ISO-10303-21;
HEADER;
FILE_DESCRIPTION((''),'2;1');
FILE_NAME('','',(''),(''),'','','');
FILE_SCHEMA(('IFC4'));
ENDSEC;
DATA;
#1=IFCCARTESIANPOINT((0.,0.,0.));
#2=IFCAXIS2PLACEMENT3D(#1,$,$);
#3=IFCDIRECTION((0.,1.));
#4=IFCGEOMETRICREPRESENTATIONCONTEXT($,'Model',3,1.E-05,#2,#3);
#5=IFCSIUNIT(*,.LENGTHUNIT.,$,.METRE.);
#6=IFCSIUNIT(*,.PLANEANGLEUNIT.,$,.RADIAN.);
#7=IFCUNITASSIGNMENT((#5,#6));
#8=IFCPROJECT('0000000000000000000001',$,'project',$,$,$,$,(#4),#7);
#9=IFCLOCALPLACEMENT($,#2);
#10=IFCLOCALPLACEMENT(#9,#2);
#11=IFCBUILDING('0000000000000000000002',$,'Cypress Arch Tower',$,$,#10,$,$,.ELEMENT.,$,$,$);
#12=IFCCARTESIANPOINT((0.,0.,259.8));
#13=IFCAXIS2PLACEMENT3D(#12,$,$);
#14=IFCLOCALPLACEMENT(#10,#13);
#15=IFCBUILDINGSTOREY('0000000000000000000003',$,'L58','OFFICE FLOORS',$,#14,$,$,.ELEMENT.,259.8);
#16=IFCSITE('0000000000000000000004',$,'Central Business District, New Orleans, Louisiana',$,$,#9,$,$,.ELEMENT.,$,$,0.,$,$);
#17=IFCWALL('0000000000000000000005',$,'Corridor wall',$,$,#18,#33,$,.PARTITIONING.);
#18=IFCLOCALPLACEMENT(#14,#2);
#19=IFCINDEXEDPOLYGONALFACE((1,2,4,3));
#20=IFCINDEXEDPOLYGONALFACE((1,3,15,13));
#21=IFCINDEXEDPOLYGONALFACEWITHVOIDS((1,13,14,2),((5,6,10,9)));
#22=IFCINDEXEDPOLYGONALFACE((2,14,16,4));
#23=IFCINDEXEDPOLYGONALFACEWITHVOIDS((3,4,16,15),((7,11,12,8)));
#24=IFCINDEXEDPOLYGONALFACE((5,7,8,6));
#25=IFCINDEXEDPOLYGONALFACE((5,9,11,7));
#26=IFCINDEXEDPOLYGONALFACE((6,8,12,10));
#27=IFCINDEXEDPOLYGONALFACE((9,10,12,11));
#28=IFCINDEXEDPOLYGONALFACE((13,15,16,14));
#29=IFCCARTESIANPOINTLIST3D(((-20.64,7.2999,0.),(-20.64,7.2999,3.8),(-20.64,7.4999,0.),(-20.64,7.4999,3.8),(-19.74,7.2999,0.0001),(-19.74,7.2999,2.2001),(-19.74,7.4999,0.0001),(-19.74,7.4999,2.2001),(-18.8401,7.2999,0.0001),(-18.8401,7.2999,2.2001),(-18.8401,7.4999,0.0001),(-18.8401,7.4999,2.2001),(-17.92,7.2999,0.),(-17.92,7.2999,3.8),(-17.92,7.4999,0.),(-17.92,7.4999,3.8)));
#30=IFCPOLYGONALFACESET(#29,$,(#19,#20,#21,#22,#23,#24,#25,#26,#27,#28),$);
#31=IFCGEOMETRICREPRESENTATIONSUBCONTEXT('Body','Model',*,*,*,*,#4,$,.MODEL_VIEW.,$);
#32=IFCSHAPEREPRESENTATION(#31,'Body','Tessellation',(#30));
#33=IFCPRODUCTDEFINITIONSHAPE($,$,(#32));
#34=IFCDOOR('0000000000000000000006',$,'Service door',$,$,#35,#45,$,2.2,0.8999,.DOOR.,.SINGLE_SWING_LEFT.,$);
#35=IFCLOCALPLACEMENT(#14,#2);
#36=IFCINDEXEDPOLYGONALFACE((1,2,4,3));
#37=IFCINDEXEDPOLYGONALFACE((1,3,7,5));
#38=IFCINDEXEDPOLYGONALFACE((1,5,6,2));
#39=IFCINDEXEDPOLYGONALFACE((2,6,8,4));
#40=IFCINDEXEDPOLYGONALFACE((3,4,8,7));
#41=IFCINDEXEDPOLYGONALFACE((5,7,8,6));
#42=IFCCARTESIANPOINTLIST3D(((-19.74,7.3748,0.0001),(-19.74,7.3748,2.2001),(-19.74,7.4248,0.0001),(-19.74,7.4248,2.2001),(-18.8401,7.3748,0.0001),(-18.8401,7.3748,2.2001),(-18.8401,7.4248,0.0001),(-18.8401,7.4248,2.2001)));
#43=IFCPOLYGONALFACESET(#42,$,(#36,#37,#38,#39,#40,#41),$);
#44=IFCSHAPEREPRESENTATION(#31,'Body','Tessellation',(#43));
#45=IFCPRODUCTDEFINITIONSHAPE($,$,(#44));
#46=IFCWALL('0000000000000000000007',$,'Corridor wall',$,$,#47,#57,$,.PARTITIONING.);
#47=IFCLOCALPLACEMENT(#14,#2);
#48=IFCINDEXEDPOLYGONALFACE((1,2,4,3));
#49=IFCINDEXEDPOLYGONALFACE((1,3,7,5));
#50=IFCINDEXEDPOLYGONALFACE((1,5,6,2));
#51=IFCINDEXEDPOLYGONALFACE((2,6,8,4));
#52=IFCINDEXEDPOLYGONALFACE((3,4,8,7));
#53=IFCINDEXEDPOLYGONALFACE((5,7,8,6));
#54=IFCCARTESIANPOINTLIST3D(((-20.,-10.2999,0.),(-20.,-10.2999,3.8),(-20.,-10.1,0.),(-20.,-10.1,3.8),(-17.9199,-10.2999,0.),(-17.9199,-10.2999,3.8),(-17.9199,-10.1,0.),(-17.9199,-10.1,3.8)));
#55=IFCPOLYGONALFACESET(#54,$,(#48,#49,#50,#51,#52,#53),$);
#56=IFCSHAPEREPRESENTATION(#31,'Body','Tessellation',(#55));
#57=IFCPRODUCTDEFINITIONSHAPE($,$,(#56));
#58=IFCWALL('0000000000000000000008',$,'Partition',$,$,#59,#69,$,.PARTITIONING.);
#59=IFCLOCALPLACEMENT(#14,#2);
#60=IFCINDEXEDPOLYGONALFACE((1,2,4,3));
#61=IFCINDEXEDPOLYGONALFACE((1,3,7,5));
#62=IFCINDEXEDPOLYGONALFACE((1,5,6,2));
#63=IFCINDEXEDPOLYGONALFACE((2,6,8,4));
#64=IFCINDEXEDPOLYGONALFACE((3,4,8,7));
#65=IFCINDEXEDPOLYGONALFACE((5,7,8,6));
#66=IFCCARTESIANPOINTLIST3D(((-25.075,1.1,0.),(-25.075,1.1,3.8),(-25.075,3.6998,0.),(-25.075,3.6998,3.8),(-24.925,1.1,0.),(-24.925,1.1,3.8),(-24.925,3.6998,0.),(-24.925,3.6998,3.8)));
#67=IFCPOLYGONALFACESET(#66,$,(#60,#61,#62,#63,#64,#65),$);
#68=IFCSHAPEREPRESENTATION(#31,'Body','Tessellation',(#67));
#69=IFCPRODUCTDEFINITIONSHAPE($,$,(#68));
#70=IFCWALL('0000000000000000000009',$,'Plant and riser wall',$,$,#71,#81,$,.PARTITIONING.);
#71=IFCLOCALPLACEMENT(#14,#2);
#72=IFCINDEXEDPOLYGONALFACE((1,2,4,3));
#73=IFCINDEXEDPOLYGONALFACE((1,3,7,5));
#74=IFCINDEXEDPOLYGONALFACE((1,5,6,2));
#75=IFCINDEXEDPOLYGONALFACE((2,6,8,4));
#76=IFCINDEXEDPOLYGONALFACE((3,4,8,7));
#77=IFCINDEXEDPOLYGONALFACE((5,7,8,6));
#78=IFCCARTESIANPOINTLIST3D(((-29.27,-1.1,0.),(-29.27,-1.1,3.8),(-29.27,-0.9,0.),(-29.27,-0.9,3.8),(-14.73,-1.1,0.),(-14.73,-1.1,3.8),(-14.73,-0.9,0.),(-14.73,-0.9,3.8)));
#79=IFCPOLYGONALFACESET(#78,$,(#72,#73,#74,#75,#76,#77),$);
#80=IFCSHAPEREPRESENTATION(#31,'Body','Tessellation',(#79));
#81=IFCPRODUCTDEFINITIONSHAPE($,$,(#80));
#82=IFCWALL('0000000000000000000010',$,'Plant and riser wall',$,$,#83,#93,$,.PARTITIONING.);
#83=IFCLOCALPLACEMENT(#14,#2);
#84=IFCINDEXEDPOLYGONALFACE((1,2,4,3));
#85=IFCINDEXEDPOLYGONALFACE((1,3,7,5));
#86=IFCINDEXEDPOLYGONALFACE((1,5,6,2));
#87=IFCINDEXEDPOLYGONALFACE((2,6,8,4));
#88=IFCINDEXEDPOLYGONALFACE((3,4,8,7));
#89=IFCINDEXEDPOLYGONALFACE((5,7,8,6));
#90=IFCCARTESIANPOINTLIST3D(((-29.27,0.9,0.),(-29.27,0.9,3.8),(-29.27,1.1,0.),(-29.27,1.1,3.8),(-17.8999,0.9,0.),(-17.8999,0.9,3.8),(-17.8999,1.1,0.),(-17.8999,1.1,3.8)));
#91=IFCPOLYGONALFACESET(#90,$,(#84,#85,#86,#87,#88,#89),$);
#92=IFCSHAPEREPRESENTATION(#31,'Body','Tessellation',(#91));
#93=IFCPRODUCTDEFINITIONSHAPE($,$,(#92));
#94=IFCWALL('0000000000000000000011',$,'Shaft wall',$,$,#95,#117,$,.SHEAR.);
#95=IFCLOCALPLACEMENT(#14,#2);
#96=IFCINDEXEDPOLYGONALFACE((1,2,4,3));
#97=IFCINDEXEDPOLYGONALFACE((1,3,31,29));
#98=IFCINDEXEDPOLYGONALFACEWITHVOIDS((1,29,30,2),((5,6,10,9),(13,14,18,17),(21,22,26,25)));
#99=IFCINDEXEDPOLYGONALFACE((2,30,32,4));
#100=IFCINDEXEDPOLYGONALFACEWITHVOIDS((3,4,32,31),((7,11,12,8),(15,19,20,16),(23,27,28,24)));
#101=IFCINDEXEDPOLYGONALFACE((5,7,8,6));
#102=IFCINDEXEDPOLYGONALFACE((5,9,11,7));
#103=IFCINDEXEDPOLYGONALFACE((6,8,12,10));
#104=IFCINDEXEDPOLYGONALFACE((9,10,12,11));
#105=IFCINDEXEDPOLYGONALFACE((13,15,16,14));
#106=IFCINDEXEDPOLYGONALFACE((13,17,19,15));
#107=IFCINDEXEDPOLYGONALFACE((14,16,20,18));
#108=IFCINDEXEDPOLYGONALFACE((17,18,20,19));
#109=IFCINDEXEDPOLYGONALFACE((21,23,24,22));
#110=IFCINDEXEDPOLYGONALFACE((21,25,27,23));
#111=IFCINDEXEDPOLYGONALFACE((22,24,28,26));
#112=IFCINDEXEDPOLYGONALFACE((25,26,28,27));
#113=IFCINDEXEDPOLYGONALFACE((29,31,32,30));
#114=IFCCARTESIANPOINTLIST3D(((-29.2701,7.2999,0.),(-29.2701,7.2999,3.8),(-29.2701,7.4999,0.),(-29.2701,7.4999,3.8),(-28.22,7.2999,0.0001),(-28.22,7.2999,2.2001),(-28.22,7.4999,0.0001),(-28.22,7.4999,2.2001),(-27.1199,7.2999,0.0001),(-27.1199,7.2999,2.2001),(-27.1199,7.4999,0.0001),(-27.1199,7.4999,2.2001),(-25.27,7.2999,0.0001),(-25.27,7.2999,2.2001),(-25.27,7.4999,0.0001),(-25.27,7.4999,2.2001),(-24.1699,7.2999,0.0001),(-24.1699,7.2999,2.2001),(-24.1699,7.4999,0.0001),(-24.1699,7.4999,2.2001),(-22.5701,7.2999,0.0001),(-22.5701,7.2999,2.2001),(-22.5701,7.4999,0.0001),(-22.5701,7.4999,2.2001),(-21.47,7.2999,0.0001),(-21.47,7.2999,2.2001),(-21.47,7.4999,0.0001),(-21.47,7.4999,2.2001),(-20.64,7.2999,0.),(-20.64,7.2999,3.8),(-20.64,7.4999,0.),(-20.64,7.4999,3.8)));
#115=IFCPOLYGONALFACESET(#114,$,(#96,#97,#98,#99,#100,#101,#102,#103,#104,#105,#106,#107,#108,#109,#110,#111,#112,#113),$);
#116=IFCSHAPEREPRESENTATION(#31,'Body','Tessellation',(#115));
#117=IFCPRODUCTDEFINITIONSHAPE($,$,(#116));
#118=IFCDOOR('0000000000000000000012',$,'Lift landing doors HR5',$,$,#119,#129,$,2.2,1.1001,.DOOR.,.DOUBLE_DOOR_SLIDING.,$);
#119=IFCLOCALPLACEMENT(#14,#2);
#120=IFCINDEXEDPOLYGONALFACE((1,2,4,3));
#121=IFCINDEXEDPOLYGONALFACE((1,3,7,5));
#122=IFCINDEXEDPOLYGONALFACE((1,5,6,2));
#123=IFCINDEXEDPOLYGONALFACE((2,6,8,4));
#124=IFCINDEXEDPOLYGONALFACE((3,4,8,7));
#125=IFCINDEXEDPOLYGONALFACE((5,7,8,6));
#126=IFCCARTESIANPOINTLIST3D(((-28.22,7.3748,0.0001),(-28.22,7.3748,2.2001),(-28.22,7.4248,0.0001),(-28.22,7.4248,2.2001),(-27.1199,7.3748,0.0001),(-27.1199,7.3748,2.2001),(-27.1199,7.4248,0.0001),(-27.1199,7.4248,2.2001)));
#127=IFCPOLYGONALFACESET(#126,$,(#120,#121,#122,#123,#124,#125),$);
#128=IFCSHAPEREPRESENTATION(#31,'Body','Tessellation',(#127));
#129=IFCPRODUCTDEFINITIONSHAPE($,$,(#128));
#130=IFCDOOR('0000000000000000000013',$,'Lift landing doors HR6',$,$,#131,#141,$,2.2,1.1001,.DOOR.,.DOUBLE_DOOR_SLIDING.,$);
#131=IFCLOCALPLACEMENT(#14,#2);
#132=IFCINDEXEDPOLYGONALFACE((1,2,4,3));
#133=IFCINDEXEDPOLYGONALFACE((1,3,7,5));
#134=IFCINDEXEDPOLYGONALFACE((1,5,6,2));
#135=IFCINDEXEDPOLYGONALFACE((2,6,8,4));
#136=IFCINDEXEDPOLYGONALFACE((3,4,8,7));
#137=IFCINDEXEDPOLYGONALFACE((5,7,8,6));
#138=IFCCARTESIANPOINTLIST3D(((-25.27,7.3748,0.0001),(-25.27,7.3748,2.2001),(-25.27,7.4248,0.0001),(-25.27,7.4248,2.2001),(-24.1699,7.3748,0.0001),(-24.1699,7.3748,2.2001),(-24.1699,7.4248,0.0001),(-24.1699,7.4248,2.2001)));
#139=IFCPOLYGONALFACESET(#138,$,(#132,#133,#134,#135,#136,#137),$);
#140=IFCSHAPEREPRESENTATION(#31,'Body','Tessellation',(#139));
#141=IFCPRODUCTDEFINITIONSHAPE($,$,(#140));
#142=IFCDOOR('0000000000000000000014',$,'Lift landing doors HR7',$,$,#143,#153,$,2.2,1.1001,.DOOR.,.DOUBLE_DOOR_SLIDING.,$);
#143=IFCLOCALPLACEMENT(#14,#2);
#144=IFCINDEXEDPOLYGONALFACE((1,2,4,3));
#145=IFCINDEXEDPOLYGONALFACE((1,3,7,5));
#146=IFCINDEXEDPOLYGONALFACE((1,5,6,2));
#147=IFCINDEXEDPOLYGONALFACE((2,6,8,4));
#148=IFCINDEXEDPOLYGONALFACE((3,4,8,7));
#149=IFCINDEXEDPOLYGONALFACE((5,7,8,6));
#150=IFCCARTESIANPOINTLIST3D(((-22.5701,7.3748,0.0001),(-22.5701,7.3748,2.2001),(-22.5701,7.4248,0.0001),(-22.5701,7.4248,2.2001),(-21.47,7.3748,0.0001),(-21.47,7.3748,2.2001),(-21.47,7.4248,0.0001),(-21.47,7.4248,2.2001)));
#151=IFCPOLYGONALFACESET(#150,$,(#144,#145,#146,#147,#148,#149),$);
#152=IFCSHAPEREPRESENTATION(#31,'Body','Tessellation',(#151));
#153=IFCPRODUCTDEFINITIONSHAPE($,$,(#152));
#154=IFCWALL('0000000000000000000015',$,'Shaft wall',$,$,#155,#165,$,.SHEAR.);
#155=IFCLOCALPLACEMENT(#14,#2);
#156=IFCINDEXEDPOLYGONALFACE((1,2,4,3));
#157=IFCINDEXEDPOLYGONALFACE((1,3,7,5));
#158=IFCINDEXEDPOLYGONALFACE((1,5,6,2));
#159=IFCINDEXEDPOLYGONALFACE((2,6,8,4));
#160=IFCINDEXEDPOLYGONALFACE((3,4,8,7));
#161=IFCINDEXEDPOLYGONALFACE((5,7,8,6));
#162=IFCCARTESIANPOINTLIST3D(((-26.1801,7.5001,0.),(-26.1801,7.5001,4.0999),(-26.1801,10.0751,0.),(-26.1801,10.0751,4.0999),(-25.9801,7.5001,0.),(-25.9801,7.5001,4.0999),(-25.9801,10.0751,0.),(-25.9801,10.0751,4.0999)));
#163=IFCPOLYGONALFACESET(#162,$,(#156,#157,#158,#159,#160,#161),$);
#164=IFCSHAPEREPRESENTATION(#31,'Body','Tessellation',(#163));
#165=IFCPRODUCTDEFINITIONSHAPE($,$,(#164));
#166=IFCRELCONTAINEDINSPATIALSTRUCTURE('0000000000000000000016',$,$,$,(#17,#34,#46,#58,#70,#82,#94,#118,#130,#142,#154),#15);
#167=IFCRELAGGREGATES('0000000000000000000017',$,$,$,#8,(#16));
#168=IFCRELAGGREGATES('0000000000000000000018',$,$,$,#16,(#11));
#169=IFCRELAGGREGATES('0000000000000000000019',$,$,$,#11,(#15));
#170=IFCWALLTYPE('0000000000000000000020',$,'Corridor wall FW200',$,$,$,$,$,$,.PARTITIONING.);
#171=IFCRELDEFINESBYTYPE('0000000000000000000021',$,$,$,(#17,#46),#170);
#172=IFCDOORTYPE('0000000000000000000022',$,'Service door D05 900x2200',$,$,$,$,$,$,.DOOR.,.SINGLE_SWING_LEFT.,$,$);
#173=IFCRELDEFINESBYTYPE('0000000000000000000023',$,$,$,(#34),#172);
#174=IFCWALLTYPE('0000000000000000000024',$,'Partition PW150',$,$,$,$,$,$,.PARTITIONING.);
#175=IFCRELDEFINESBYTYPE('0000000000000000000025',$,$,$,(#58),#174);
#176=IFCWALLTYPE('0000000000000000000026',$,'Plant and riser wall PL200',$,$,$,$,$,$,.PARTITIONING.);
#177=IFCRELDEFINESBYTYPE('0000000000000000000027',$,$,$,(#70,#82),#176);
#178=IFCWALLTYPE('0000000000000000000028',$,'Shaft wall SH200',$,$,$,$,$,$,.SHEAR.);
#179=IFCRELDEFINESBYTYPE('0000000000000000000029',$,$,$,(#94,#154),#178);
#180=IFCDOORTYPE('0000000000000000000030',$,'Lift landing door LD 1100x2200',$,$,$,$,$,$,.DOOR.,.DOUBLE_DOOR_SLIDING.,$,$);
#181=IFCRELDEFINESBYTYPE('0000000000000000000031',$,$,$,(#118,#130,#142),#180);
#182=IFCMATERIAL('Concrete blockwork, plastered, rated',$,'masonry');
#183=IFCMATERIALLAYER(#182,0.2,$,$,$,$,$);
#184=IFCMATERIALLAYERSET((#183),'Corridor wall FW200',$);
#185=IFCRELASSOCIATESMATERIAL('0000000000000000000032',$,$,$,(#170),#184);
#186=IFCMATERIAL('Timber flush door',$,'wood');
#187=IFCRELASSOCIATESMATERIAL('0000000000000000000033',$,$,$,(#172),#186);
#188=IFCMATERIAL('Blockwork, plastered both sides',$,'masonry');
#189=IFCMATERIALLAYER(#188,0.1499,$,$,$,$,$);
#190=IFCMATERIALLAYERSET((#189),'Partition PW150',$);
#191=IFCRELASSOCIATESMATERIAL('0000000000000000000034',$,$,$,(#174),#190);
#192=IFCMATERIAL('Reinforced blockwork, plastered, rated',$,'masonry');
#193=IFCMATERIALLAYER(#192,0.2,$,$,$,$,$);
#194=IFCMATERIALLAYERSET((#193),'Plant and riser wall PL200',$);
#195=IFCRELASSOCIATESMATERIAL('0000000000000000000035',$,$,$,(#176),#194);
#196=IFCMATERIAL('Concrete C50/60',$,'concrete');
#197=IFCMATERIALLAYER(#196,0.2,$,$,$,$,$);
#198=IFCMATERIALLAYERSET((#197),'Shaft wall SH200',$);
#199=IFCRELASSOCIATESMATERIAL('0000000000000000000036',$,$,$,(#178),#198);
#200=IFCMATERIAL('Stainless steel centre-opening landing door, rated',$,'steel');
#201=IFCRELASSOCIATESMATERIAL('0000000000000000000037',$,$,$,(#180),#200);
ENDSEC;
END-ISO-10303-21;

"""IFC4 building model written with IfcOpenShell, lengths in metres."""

from ifc_helpers import new_model, si_unit, direction, frame, frame_2d, origin, place, context, subcontext, project, spatial, rectangle, extrude, material, layer, layer_set, type_object, element, fill, save


model = new_model("IFC4")

# Units and contexts
model_context = context("Model", 3, precision=1e-05, world=origin(), true_north=direction((0.0, 1.0)))
body_context = subcontext(model_context, "Body", "Model", "MODEL_VIEW")
ifc_project = project(units=[si_unit("LENGTHUNIT", "METRE"), si_unit("PLANEANGLEUNIT", "RADIAN")], contexts=[model_context])

# Site, building, storey
site_placement = place(None, origin())
site = spatial("IfcSite", under=ifc_project, at=site_placement, Name="Central Business District, New Orleans, Louisiana", CompositionType="ELEMENT", RefElevation=0.0)
building_placement = place(site_placement, origin())
building = spatial("IfcBuilding", under=site, at=building_placement, Name="Cypress Arch Tower", CompositionType="ELEMENT")
storey_placement = place(building_placement, frame((0.0, 0.0, 259.8)))
storey = spatial("IfcBuildingStorey", under=building, at=storey_placement, Name="L58", Description="OFFICE FLOORS", CompositionType="ELEMENT", Elevation=259.8)

# Shared definitions
ifc_material_1 = material(Name="Concrete blockwork, plastered, rated", Category="masonry")
ifc_layer_1 = layer(ifc_material_1, 0.2)
ifc_layer_set_1 = layer_set([ifc_layer_1], Name="Corridor wall FW200")
wall_type_1 = type_object("IfcWallType", Name="Corridor wall FW200", PredefinedType="PARTITIONING", material=ifc_layer_set_1)
ifc_material_2 = material(Name="Timber flush door", Category="wood")
door_type_1 = type_object("IfcDoorType", Name="Service door D05 900x2200", OperationType="SINGLE_SWING_LEFT", PredefinedType="DOOR", material=ifc_material_2)

# Wall, opening, door
wall_1_placement = place(storey_placement, frame((-20.6399, 7.3999, 0.0), z_axis=(0.0, 0.0, 1.0), x_axis=(1.0, 0.0, 0.0)))
wall_1 = element("IfcWall", 1, at=wall_1_placement, inside=storey, type_object=wall_type_1, Name="Corridor wall", PredefinedType="PARTITIONING", context=body_context, shape_type="SweptSolid", body=[
    extrude(rectangle(XDim=2.72, YDim=0.2, at=frame_2d((1.3599, 0.0))), origin(), (0.0, 0.0, 1.0), 3.8),
])
opening_1_placement = place(wall_1_placement, frame((0.8999, 0.0, 0.0)))
opening_1 = element("IfcOpeningElement", 2, at=opening_1_placement, cuts=wall_1, PredefinedType="OPENING", context=body_context, shape_type="SweptSolid", body=[
    extrude(rectangle(XDim=0.8999, YDim=2.2, at=frame_2d((0.45, 1.1001))), frame((0.0, 0.1099, 0.0), z_axis=(0.0, -1.0, 0.0), x_axis=(1.0, 0.0, 0.0)), (0.0, 0.0, 1.0), 0.22),
])
door_1_placement = place(opening_1_placement, origin())
door_1 = element("IfcDoor", 3, at=door_1_placement, inside=storey, type_object=door_type_1, Name="Service door", OperationType="SINGLE_SWING_LEFT", OverallHeight=2.2, OverallWidth=0.8999, PredefinedType="DOOR", context=body_context, shape_type="SweptSolid", body=[
    extrude(rectangle(XDim=0.8999, YDim=2.2, at=frame_2d((0.45, 1.1001))), frame((0.0, 0.0249, 0.0), z_axis=(0.0, -1.0, 0.0), x_axis=(1.0, 0.0, 0.0)), (0.0, 0.0, 1.0), 0.05),
])
fill(opening_1, door_1)

# Walls
wall_2_placement = place(storey_placement, frame((-20.0, -10.2, 0.0), z_axis=(0.0, 0.0, 1.0), x_axis=(1.0, 0.0, 0.0)))
element("IfcWall", 4, at=wall_2_placement, inside=storey, type_object=wall_type_1, Name="Corridor wall", PredefinedType="PARTITIONING", context=body_context, shape_type="SweptSolid", body=[
    extrude(rectangle(XDim=2.0801, YDim=0.2, at=frame_2d((1.04, 0.0))), origin(), (0.0, 0.0, 1.0), 3.8),
])
ifc_material_3 = material(Name="Blockwork, plastered both sides", Category="masonry")
ifc_layer_2 = layer(ifc_material_3, 0.1499)
ifc_layer_set_2 = layer_set([ifc_layer_2], Name="Partition PW150")
wall_type_2 = type_object("IfcWallType", Name="Partition PW150", PredefinedType="PARTITIONING", material=ifc_layer_set_2)
wall_3_placement = place(storey_placement, frame((-25.0, 1.1001, 0.0), z_axis=(0.0, 0.0, 1.0), x_axis=(0.0, 1.0, 0.0)))
element("IfcWall", 5, at=wall_3_placement, inside=storey, type_object=wall_type_2, Name="Partition", PredefinedType="PARTITIONING", context=body_context, shape_type="SweptSolid", body=[
    extrude(rectangle(XDim=2.5999, YDim=0.1499, at=frame_2d((1.2998, 0.0))), origin(), (0.0, 0.0, 1.0), 3.8),
])
ifc_material_4 = material(Name="Reinforced blockwork, plastered, rated", Category="masonry")
ifc_layer_3 = layer(ifc_material_4, 0.2)
ifc_layer_set_3 = layer_set([ifc_layer_3], Name="Plant and riser wall PL200")
wall_type_3 = type_object("IfcWallType", Name="Plant and riser wall PL200", PredefinedType="PARTITIONING", material=ifc_layer_set_3)
wall_4_placement = place(storey_placement, frame((-29.27, -1.0, 0.0), z_axis=(0.0, 0.0, 1.0), x_axis=(1.0, 0.0, 0.0)))
element("IfcWall", 6, at=wall_4_placement, inside=storey, type_object=wall_type_3, Name="Plant and riser wall", PredefinedType="PARTITIONING", context=body_context, shape_type="SweptSolid", body=[
    extrude(rectangle(XDim=14.54, YDim=0.2, at=frame_2d((7.27, 0.0))), origin(), (0.0, 0.0, 1.0), 3.8),
])
wall_5_placement = place(storey_placement, frame((-29.27, 1.0, 0.0), z_axis=(0.0, 0.0, 1.0), x_axis=(1.0, 0.0, 0.0)))
element("IfcWall", 7, at=wall_5_placement, inside=storey, type_object=wall_type_3, Name="Plant and riser wall", PredefinedType="PARTITIONING", context=body_context, shape_type="SweptSolid", body=[
    extrude(rectangle(XDim=11.3701, YDim=0.2, at=frame_2d((5.6851, 0.0))), origin(), (0.0, 0.0, 1.0), 3.8),
])

# Wall, openings, doors
ifc_material_5 = material(Name="Concrete C50/60", Category="concrete")
ifc_layer_4 = layer(ifc_material_5, 0.2)
ifc_layer_set_4 = layer_set([ifc_layer_4], Name="Shaft wall SH200")
wall_type_4 = type_object("IfcWallType", Name="Shaft wall SH200", PredefinedType="SHEAR", material=ifc_layer_set_4)
wall_6_placement = place(storey_placement, frame((-29.27, 7.3999, 0.0), z_axis=(0.0, 0.0, 1.0), x_axis=(1.0, 0.0, 0.0)))
wall_6 = element("IfcWall", 8, at=wall_6_placement, inside=storey, type_object=wall_type_4, Name="Shaft wall", PredefinedType="SHEAR", context=body_context, shape_type="SweptSolid", body=[
    extrude(rectangle(XDim=8.6301, YDim=0.2, at=frame_2d((4.3149, 0.0))), origin(), (0.0, 0.0, 1.0), 3.8),
])
opening_2_placement = place(wall_6_placement, frame((1.05, 0.0, 0.0)))
opening_2 = element("IfcOpeningElement", 9, at=opening_2_placement, cuts=wall_6, PredefinedType="OPENING", context=body_context, shape_type="SweptSolid", body=[
    extrude(rectangle(XDim=1.1001, YDim=2.2, at=frame_2d((0.55, 1.1001))), frame((0.0, 0.1099, 0.0), z_axis=(0.0, -1.0, 0.0), x_axis=(1.0, 0.0, 0.0)), (0.0, 0.0, 1.0), 0.22),
])
opening_3_placement = place(wall_6_placement, frame((4.0, 0.0, 0.0)))
opening_3 = element("IfcOpeningElement", 10, at=opening_3_placement, cuts=wall_6, PredefinedType="OPENING", context=body_context, shape_type="SweptSolid", body=[
    extrude(rectangle(XDim=1.1001, YDim=2.2, at=frame_2d((0.55, 1.1001))), frame((0.0, 0.1099, 0.0), z_axis=(0.0, -1.0, 0.0), x_axis=(1.0, 0.0, 0.0)), (0.0, 0.0, 1.0), 0.22),
])
opening_4_placement = place(wall_6_placement, frame((6.7, 0.0, 0.0)))
opening_4 = element("IfcOpeningElement", 11, at=opening_4_placement, cuts=wall_6, PredefinedType="OPENING", context=body_context, shape_type="SweptSolid", body=[
    extrude(rectangle(XDim=1.1001, YDim=2.2, at=frame_2d((0.55, 1.1001))), frame((0.0, 0.1099, 0.0), z_axis=(0.0, -1.0, 0.0), x_axis=(1.0, 0.0, 0.0)), (0.0, 0.0, 1.0), 0.22),
])
ifc_material_6 = material(Name="Stainless steel centre-opening landing door, rated", Category="steel")
door_type_2 = type_object("IfcDoorType", Name="Lift landing door LD 1100x2200", OperationType="DOUBLE_DOOR_SLIDING", PredefinedType="DOOR", material=ifc_material_6)
door_2_placement = place(opening_2_placement, origin())
door_2 = element("IfcDoor", 12, at=door_2_placement, inside=storey, type_object=door_type_2, Name="Lift landing doors HR5", OperationType="DOUBLE_DOOR_SLIDING", OverallHeight=2.2, OverallWidth=1.1001, PredefinedType="DOOR", context=body_context, shape_type="SweptSolid", body=[
    extrude(rectangle(XDim=1.1001, YDim=2.2, at=frame_2d((0.55, 1.1001))), frame((0.0, 0.0249, 0.0), z_axis=(0.0, -1.0, 0.0), x_axis=(1.0, 0.0, 0.0)), (0.0, 0.0, 1.0), 0.05),
])
fill(opening_2, door_2)
door_3_placement = place(opening_3_placement, origin())
door_3 = element("IfcDoor", 13, at=door_3_placement, inside=storey, type_object=door_type_2, Name="Lift landing doors HR6", OperationType="DOUBLE_DOOR_SLIDING", OverallHeight=2.2, OverallWidth=1.1001, PredefinedType="DOOR", context=body_context, shape_type="SweptSolid", body=[
    extrude(rectangle(XDim=1.1001, YDim=2.2, at=frame_2d((0.55, 1.1001))), frame((0.0, 0.0249, 0.0), z_axis=(0.0, -1.0, 0.0), x_axis=(1.0, 0.0, 0.0)), (0.0, 0.0, 1.0), 0.05),
])
fill(opening_3, door_3)
door_4_placement = place(opening_4_placement, origin())
door_4 = element("IfcDoor", 14, at=door_4_placement, inside=storey, type_object=door_type_2, Name="Lift landing doors HR7", OperationType="DOUBLE_DOOR_SLIDING", OverallHeight=2.2, OverallWidth=1.1001, PredefinedType="DOOR", context=body_context, shape_type="SweptSolid", body=[
    extrude(rectangle(XDim=1.1001, YDim=2.2, at=frame_2d((0.55, 1.1001))), frame((0.0, 0.0249, 0.0), z_axis=(0.0, -1.0, 0.0), x_axis=(1.0, 0.0, 0.0)), (0.0, 0.0, 1.0), 0.05),
])
fill(opening_4, door_4)

# Wall
for number, where, z_axis, x_axis, name in (
    (15, (-26.0801, 7.5, 0.0), (0.0, 0.0, 1.0), (0.0, 1.0, 0.0), "Shaft wall"),
):
    element("IfcWall", number, at=place(storey_placement, frame(where, z_axis=z_axis, x_axis=x_axis)), inside=storey, type_object=wall_type_4, Name=name, PredefinedType="SHEAR", context=body_context, shape_type="SweptSolid", body=[
        extrude(rectangle(XDim=2.575, YDim=0.2, at=frame_2d((1.2876, 0.0))), origin(), (0.0, 0.0, 1.0), 4.0999),
    ])

save(model, "model.ifc")
